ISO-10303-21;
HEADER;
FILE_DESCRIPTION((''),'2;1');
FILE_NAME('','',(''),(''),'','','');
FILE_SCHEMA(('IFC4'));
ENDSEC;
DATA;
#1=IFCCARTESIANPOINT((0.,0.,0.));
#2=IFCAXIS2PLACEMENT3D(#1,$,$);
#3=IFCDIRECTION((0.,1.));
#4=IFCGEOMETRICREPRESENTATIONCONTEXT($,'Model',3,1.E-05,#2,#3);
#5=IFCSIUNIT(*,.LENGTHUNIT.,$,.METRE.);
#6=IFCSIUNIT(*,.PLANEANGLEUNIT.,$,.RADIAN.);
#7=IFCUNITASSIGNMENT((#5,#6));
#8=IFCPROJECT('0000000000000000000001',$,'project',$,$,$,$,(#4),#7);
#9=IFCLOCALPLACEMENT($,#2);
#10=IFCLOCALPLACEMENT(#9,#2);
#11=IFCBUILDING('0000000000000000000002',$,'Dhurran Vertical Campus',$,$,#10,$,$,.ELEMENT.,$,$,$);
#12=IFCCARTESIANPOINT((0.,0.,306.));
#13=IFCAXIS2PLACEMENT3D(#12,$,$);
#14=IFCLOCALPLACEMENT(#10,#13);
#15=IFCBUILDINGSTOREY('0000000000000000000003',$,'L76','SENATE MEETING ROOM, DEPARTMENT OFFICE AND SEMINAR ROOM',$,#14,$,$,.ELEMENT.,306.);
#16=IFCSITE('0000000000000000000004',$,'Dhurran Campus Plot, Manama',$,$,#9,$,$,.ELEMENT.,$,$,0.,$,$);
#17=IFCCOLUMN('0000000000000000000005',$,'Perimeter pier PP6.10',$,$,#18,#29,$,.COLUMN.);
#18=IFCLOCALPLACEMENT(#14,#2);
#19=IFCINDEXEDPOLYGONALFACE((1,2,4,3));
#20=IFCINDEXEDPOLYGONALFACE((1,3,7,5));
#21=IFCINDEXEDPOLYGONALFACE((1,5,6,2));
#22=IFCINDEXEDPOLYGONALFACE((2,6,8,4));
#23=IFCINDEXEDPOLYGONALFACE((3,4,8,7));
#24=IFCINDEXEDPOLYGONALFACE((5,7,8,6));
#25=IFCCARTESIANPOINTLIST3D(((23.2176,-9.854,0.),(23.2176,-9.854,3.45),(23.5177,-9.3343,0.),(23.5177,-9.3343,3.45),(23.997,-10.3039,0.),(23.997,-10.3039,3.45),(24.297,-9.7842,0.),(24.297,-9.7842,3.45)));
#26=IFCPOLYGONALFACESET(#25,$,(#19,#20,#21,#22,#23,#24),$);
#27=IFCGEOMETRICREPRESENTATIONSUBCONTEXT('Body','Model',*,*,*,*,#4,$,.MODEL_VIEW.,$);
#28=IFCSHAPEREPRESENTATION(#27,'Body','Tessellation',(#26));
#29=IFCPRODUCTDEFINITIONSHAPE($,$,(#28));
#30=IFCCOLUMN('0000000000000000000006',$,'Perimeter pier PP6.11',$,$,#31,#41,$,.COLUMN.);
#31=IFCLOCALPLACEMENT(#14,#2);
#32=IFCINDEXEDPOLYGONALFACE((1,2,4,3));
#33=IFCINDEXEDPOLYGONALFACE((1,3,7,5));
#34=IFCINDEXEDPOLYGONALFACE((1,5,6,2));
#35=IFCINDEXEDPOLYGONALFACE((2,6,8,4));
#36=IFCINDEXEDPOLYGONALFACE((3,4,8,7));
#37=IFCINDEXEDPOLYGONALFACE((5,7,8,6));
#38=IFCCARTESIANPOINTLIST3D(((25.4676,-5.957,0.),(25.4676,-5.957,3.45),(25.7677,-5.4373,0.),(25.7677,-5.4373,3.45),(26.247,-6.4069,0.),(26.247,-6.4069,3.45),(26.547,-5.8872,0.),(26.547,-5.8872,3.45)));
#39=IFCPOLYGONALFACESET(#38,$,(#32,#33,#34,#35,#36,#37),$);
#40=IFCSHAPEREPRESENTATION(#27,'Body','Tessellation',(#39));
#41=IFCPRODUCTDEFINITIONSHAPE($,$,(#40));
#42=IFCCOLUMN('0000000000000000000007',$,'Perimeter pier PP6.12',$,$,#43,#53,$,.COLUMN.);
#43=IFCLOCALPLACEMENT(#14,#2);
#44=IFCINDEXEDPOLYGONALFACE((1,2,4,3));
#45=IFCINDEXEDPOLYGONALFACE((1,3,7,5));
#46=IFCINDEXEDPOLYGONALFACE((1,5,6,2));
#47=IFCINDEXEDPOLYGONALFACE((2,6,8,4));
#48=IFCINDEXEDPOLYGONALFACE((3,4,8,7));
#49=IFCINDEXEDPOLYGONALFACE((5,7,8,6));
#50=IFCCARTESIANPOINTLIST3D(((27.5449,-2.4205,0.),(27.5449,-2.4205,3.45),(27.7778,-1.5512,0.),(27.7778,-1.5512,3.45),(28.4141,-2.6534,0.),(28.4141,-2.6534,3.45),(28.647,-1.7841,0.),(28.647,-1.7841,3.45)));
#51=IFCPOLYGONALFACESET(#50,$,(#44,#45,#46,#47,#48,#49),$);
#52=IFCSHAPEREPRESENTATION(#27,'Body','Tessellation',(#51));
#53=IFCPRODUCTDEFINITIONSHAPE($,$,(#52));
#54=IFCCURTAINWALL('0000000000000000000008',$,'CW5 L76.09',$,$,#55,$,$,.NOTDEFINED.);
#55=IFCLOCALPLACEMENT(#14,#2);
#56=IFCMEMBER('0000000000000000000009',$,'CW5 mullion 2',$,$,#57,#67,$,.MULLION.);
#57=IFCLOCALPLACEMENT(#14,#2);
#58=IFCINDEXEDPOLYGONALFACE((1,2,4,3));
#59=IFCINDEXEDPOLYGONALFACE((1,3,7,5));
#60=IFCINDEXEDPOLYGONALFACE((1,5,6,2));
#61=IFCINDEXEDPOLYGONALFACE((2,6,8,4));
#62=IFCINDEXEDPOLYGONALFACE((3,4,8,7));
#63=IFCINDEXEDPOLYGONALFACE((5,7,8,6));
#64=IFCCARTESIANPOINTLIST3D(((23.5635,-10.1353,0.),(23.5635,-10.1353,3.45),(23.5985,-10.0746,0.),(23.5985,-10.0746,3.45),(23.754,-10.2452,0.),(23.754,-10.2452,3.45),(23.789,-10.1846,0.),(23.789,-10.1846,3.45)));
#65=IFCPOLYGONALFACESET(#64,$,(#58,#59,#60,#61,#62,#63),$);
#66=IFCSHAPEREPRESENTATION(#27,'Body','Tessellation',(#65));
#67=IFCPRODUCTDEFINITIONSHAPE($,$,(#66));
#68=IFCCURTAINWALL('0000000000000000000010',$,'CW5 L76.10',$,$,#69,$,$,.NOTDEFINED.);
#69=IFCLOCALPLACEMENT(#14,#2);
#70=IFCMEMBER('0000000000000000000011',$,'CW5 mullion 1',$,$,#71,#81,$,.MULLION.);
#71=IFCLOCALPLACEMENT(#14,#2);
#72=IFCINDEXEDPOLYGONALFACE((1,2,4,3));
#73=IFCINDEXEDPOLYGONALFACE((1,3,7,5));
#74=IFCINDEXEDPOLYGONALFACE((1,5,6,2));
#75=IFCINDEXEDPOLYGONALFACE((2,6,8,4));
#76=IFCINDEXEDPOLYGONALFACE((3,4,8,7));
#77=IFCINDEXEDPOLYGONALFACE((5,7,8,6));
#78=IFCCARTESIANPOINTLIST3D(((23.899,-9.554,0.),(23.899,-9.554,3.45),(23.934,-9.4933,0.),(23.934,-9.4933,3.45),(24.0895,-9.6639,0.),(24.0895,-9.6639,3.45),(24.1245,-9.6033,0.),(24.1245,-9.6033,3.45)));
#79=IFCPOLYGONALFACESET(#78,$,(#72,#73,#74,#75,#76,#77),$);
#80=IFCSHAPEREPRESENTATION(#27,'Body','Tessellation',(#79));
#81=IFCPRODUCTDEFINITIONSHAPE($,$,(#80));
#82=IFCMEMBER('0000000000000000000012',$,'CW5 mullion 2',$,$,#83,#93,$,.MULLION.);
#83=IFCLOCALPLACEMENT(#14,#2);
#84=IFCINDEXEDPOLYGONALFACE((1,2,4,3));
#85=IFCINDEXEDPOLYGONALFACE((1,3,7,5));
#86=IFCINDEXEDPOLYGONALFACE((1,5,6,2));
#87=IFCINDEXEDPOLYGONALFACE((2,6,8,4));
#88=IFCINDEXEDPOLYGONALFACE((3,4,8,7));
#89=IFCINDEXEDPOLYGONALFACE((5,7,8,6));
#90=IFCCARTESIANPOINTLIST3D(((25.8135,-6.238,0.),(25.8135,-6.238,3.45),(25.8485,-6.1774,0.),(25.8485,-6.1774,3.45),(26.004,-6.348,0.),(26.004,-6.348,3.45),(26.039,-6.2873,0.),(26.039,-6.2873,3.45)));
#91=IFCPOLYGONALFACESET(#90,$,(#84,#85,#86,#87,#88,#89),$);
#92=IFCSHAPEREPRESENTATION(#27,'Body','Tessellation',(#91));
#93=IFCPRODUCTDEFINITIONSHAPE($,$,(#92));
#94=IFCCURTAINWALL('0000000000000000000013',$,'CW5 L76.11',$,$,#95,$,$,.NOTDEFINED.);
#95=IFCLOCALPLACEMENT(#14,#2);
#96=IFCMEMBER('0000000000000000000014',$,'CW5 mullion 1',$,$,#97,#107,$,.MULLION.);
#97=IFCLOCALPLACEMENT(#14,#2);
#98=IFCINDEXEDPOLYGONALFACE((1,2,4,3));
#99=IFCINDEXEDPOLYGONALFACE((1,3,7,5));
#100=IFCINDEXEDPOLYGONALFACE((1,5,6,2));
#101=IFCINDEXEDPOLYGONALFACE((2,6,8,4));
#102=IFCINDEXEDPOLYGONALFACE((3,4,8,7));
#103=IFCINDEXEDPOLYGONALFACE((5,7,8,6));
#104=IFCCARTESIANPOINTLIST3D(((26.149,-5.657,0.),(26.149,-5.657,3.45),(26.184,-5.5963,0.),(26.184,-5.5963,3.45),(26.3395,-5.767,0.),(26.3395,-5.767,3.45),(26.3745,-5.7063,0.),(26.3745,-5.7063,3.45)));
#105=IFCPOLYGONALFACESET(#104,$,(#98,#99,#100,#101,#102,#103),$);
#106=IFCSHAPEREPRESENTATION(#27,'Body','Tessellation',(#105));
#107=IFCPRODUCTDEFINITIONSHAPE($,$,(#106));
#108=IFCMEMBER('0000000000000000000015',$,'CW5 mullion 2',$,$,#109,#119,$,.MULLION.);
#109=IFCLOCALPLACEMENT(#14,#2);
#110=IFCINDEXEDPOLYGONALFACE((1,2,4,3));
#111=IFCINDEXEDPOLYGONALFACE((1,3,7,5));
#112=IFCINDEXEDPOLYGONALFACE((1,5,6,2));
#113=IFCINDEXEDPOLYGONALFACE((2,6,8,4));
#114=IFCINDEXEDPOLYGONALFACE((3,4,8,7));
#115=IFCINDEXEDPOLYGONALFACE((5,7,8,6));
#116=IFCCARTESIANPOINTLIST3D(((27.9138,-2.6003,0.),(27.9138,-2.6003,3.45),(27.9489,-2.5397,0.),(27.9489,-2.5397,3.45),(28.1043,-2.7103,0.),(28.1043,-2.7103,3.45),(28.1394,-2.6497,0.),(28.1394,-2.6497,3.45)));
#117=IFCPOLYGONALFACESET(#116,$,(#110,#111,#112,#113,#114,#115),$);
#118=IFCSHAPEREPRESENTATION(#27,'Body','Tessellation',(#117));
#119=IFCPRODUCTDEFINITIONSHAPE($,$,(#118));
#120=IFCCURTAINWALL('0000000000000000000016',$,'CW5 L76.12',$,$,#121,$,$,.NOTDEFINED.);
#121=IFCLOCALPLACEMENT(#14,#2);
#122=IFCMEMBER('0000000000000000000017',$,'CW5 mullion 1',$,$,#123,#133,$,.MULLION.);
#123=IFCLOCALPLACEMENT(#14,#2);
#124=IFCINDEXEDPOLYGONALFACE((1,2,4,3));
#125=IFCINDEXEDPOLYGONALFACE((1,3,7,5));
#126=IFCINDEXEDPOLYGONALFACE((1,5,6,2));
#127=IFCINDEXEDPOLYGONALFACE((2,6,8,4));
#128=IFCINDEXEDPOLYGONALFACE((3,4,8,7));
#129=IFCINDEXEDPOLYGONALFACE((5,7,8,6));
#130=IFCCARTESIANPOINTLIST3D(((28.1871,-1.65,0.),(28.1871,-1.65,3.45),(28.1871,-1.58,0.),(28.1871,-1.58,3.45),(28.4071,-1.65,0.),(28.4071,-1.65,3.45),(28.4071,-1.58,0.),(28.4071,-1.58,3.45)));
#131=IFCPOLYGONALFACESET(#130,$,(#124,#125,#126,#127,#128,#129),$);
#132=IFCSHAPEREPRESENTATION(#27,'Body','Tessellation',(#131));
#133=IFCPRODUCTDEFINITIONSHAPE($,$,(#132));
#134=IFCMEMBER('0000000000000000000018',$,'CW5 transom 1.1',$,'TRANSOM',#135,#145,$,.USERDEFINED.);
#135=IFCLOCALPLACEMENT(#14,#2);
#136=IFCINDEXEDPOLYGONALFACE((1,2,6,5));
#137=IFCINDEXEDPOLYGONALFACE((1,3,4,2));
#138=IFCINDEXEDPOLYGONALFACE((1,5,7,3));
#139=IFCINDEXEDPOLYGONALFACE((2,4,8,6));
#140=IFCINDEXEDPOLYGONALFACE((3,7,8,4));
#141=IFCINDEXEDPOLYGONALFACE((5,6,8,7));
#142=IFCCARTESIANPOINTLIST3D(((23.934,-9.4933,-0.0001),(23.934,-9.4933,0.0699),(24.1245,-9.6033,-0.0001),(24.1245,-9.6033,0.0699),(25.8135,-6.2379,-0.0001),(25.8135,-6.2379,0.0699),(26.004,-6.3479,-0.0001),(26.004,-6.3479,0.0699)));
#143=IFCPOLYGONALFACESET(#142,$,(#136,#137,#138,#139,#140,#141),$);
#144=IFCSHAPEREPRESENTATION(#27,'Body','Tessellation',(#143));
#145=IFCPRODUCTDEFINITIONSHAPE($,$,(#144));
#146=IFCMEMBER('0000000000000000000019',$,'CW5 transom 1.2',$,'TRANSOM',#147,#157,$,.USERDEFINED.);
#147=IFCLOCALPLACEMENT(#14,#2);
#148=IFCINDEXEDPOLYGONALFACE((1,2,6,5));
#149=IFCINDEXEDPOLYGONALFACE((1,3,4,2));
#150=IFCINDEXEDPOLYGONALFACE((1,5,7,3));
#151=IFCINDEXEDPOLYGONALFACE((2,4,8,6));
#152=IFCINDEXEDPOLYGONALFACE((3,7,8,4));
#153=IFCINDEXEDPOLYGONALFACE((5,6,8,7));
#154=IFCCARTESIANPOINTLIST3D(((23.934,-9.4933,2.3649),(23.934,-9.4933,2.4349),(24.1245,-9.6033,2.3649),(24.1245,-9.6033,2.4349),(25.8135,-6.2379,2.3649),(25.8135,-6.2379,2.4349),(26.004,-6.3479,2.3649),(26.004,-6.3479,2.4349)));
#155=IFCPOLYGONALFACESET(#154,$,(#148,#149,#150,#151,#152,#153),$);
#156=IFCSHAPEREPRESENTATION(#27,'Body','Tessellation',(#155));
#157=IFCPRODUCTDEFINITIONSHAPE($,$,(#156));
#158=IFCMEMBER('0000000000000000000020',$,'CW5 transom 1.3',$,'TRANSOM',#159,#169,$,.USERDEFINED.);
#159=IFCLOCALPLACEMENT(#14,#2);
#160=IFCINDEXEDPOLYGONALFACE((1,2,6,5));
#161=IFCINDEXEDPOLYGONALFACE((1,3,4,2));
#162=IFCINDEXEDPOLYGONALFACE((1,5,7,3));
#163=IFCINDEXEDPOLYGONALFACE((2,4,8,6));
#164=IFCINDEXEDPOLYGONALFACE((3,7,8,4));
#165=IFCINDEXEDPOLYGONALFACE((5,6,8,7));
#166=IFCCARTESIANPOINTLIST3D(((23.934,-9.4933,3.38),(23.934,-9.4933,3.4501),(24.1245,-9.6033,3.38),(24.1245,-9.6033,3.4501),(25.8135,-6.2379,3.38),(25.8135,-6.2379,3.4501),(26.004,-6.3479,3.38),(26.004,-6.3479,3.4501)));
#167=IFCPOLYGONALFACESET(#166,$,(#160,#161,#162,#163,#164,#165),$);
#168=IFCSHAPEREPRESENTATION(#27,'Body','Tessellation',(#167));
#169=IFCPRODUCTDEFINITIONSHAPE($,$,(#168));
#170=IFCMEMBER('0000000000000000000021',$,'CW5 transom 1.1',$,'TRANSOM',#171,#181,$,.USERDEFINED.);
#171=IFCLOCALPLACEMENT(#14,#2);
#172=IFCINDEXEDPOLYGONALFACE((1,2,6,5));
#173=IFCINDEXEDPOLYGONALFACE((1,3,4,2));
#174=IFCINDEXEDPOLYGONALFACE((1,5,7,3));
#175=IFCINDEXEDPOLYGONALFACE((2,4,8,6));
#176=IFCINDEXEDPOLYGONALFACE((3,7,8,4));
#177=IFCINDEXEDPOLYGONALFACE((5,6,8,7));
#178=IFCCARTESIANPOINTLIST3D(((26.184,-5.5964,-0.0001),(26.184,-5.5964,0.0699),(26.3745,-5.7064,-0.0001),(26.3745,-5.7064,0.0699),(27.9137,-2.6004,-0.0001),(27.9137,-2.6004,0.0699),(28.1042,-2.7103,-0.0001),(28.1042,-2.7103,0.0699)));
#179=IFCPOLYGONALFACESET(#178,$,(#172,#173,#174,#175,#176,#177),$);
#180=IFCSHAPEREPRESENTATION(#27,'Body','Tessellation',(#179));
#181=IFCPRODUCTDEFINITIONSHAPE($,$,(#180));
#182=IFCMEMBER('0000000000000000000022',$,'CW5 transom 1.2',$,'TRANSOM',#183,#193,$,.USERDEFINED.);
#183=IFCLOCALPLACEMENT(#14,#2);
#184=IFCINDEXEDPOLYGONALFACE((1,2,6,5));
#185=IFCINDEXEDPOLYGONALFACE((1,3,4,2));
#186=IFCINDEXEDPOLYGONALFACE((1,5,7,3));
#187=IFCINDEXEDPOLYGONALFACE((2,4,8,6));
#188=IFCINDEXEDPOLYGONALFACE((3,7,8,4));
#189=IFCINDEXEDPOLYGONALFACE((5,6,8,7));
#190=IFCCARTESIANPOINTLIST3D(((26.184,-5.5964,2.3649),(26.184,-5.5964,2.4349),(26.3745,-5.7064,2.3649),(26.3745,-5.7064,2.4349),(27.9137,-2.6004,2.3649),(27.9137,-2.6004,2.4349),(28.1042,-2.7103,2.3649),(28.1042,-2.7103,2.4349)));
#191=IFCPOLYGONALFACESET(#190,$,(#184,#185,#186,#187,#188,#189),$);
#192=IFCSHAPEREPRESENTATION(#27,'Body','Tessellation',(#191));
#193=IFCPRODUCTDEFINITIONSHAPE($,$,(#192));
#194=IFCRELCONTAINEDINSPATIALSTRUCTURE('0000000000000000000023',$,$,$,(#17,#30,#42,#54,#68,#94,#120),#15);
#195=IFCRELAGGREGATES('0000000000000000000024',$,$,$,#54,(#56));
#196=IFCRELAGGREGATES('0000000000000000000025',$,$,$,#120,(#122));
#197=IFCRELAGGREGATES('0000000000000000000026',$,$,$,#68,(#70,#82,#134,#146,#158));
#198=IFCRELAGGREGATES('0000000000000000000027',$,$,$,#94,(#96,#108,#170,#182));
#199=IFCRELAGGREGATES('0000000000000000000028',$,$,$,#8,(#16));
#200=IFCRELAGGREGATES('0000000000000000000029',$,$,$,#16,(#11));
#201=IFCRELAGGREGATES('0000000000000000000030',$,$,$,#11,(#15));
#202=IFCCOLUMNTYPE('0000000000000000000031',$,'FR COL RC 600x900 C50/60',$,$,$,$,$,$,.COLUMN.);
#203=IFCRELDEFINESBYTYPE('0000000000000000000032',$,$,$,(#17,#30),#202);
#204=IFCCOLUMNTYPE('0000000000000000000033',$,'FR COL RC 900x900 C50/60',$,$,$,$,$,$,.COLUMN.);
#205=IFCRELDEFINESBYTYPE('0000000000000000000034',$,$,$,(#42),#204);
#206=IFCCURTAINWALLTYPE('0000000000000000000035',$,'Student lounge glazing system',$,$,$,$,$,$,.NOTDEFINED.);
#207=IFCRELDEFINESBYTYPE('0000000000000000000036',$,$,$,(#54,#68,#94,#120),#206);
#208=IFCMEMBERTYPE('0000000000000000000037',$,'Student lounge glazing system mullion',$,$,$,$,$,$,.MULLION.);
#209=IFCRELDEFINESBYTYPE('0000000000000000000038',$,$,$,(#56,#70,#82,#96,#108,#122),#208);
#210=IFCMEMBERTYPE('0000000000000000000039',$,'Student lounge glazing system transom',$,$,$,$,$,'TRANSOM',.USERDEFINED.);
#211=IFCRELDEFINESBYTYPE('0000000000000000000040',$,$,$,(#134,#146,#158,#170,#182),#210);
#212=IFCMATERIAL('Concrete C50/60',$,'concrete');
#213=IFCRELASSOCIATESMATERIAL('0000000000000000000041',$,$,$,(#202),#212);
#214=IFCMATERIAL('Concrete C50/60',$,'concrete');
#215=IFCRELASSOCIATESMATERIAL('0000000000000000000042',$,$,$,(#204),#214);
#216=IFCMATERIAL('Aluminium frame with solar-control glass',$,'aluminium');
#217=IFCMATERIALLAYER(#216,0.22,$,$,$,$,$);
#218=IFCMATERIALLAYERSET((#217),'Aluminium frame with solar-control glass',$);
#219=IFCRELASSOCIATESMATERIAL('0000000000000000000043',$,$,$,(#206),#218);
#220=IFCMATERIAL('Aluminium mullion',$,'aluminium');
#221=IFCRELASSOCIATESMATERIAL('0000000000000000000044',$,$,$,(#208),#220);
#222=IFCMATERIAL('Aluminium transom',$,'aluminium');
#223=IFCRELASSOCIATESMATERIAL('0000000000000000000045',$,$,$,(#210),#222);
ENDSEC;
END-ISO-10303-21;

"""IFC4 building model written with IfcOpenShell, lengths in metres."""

from ifc_helpers import new_model, si_unit, direction, frame, origin, origin_2d, place, context, subcontext, project, spatial, rectangle, extrude, material, layer, layer_set, material_profile, profile_set, type_object, element, aggregate, save


model = new_model("IFC4")

# Units and contexts
model_context = context("Model", 3, precision=1e-05, world=origin(), true_north=direction((0.0, 1.0)))
body_context = subcontext(model_context, "Body", "Model", "MODEL_VIEW")
ifc_project = project(units=[si_unit("LENGTHUNIT", "METRE"), si_unit("PLANEANGLEUNIT", "RADIAN")], contexts=[model_context])

# Site, building, storey
site_placement = place(None, origin())
site = spatial("IfcSite", under=ifc_project, at=site_placement, Name="Dhurran Campus Plot, Manama", CompositionType="ELEMENT", RefElevation=0.0)
building_placement = place(site_placement, origin())
building = spatial("IfcBuilding", under=site, at=building_placement, Name="Dhurran Vertical Campus", CompositionType="ELEMENT")
storey_placement = place(building_placement, frame((0.0, 0.0, 306.0)))
storey = spatial("IfcBuildingStorey", under=building, at=storey_placement, Name="L76", Description="SENATE MEETING ROOM, DEPARTMENT OFFICE AND SEMINAR ROOM", CompositionType="ELEMENT", Elevation=306.0)

# Columns
ifc_material_1 = material(Name="Concrete C50/60", Category="concrete")
ifc_material_profile_1 = material_profile(ifc_material_1, rectangle(XDim=0.6001, YDim=0.8999, at=origin_2d()), Name="RC 600x900")
ifc_profile_set_1 = profile_set([ifc_material_profile_1], Name="Concrete C50/60")
column_type_1 = type_object("IfcColumnType", Name="FR COL RC 600x900 C50/60", PredefinedType="COLUMN", material=ifc_profile_set_1)
for number, where, z_axis, x_axis, name in (
    (1, (23.7573, -9.8191, 0.0), (0.0, 0.0, 1.0), (0.5, 0.866025, 0.0), "Perimeter pier PP6.10"),
    (2, (26.0073, -5.9221, 0.0), (0.0, 0.0, 1.0), (0.5, 0.866025, 0.0), "Perimeter pier PP6.11"),
):
    element("IfcColumn", number, at=place(storey_placement, frame(where, z_axis=z_axis, x_axis=x_axis)), inside=storey, type_object=column_type_1, Name=name, PredefinedType="COLUMN", context=body_context, shape_type="SweptSolid", body=[
        extrude(rectangle(XDim=0.6001, YDim=0.8999, at=origin_2d()), origin(), (0.0, 0.0, 1.0), 3.45),
    ])
ifc_material_2 = material(Name="Concrete C50/60", Category="concrete")
ifc_material_profile_2 = material_profile(ifc_material_2, rectangle(XDim=0.8999, YDim=0.8999, at=origin_2d()), Name="RC 900x900")
ifc_profile_set_2 = profile_set([ifc_material_profile_2], Name="Concrete C50/60")
column_type_2 = type_object("IfcColumnType", Name="FR COL RC 900x900 C50/60", PredefinedType="COLUMN", material=ifc_profile_set_2)
column_placement = place(storey_placement, frame((28.0959, -2.1023, 0.0), z_axis=(0.0, 0.0, 1.0), x_axis=(0.258819, 0.965926, 0.0)))
element("IfcColumn", 3, at=column_placement, inside=storey, type_object=column_type_2, Name="Perimeter pier PP6.12", PredefinedType="COLUMN", context=body_context, shape_type="SweptSolid", body=[
    extrude(rectangle(XDim=0.8999, YDim=0.8999, at=origin_2d()), origin(), (0.0, 0.0, 1.0), 3.45),
])

# Curtain wall, member
ifc_material_3 = material(Name="Aluminium frame with solar-control glass", Category="aluminium")
ifc_layer_1 = layer(ifc_material_3, 0.22)
ifc_layer_set_1 = layer_set([ifc_layer_1], Name="Aluminium frame with solar-control glass")
curtain_wall_type = type_object("IfcCurtainWallType", Name="Student lounge glazing system", PredefinedType="NOTDEFINED", material=ifc_layer_set_1)
curtain_wall_1_placement = place(storey_placement, origin())
curtain_wall_1 = element("IfcCurtainWall", 4, at=curtain_wall_1_placement, inside=storey, type_object=curtain_wall_type, Name="CW5 L76.09", PredefinedType="NOTDEFINED")
ifc_material_4 = material(Name="Aluminium mullion", Category="aluminium")
ifc_material_profile_3 = material_profile(ifc_material_4, rectangle(XDim=0.22, YDim=0.0701, at=origin_2d()), Name="Student lounge glazing system mullion")
ifc_profile_set_3 = profile_set([ifc_material_profile_3], Name="Aluminium mullion")
member_type_1 = type_object("IfcMemberType", Name="Student lounge glazing system mullion", PredefinedType="MULLION", material=ifc_profile_set_3)
member_1_placement = place(storey_placement, frame((23.6763, -10.1599, 0.0), z_axis=(0.0, 0.0, 1.0), x_axis=(-0.866023, 0.500004, 0.0)))
member_1 = element("IfcMember", 5, at=member_1_placement, type_object=member_type_1, Name="CW5 mullion 2", PredefinedType="MULLION", context=body_context, shape_type="SweptSolid", body=[
    extrude(rectangle(XDim=0.22, YDim=0.0701, at=origin_2d()), origin(), (0.0, 0.0, 1.0), 3.45),
])
aggregate(curtain_wall_1, [member_1])

# Curtain walls, members
curtain_wall_2_placement = place(storey_placement, origin())
curtain_wall_2 = element("IfcCurtainWall", 6, at=curtain_wall_2_placement, inside=storey, type_object=curtain_wall_type, Name="CW5 L76.10", PredefinedType="NOTDEFINED")
member_2_placement = place(storey_placement, frame((24.0117, -9.5786, 0.0), z_axis=(0.0, 0.0, 1.0), x_axis=(-0.866023, 0.500004, 0.0)))
member_2 = element("IfcMember", 7, at=member_2_placement, type_object=member_type_1, Name="CW5 mullion 1", PredefinedType="MULLION", context=body_context, shape_type="SweptSolid", body=[
    extrude(rectangle(XDim=0.22, YDim=0.0701, at=origin_2d()), origin(), (0.0, 0.0, 1.0), 3.45),
])
member_3_placement = place(storey_placement, frame((25.9263, -6.2627, 0.0), z_axis=(0.0, 0.0, 1.0), x_axis=(-0.866023, 0.500004, 0.0)))
member_3 = element("IfcMember", 8, at=member_3_placement, type_object=member_type_1, Name="CW5 mullion 2", PredefinedType="MULLION", context=body_context, shape_type="SweptSolid", body=[
    extrude(rectangle(XDim=0.22, YDim=0.0701, at=origin_2d()), origin(), (0.0, 0.0, 1.0), 3.45),
])
curtain_wall_3_placement = place(storey_placement, origin())
curtain_wall_3 = element("IfcCurtainWall", 9, at=curtain_wall_3_placement, inside=storey, type_object=curtain_wall_type, Name="CW5 L76.11", PredefinedType="NOTDEFINED")
member_4_placement = place(storey_placement, frame((26.2617, -5.6816, 0.0), z_axis=(0.0, 0.0, 1.0), x_axis=(-0.866027, 0.499997, 0.0)))
member_4 = element("IfcMember", 10, at=member_4_placement, type_object=member_type_1, Name="CW5 mullion 1", PredefinedType="MULLION", context=body_context, shape_type="SweptSolid", body=[
    extrude(rectangle(XDim=0.22, YDim=0.0701, at=origin_2d()), origin(), (0.0, 0.0, 1.0), 3.45),
])
member_5_placement = place(storey_placement, frame((28.0266, -2.625, 0.0), z_axis=(0.0, 0.0, 1.0), x_axis=(-0.866027, 0.499997, 0.0)))
member_5 = element("IfcMember", 11, at=member_5_placement, type_object=member_type_1, Name="CW5 mullion 2", PredefinedType="MULLION", context=body_context, shape_type="SweptSolid", body=[
    extrude(rectangle(XDim=0.22, YDim=0.0701, at=origin_2d()), origin(), (0.0, 0.0, 1.0), 3.45),
])

# Curtain wall, member
curtain_wall_4_placement = place(storey_placement, origin())
curtain_wall_4 = element("IfcCurtainWall", 12, at=curtain_wall_4_placement, inside=storey, type_object=curtain_wall_type, Name="CW5 L76.12", PredefinedType="NOTDEFINED")
member_6_placement = place(storey_placement, frame((28.2971, -1.615, 0.0), z_axis=(0.0, 0.0, 1.0), x_axis=(-1.0, 0.0, 0.0)))
member_6 = element("IfcMember", 13, at=member_6_placement, type_object=member_type_1, Name="CW5 mullion 1", PredefinedType="MULLION", context=body_context, shape_type="SweptSolid", body=[
    extrude(rectangle(XDim=0.22, YDim=0.0701, at=origin_2d()), origin(), (0.0, 0.0, 1.0), 3.45),
])

# Members
ifc_material_5 = material(Name="Aluminium transom", Category="aluminium")
ifc_material_profile_4 = material_profile(ifc_material_5, rectangle(XDim=0.22, YDim=0.0701, at=origin_2d()), Name="Student lounge glazing system transom")
ifc_profile_set_4 = profile_set([ifc_material_profile_4], Name="Aluminium transom")
member_type_2 = type_object("IfcMemberType", Name="Student lounge glazing system transom", ElementType="TRANSOM", PredefinedType="USERDEFINED", material=ifc_profile_set_4)
member_7_placement = place(storey_placement, frame((24.0293, -9.5483, 0.0349), z_axis=(0.499981, 0.866036, 0.0), x_axis=(-0.866036, 0.499981, 0.0)))
member_7 = element("IfcMember", 14, at=member_7_placement, type_object=member_type_2, Name="CW5 transom 1.1", ObjectType="TRANSOM", PredefinedType="USERDEFINED", context=body_context, shape_type="SweptSolid", body=[
    extrude(rectangle(XDim=0.22, YDim=0.0701, at=origin_2d()), origin(), (0.0, 0.0, 1.0), 3.759),
])
member_8_placement = place(storey_placement, frame((24.0293, -9.5483, 2.3999), z_axis=(0.499981, 0.866036, 0.0), x_axis=(-0.866036, 0.499981, 0.0)))
member_8 = element("IfcMember", 15, at=member_8_placement, type_object=member_type_2, Name="CW5 transom 1.2", ObjectType="TRANSOM", PredefinedType="USERDEFINED", context=body_context, shape_type="SweptSolid", body=[
    extrude(rectangle(XDim=0.22, YDim=0.0701, at=origin_2d()), origin(), (0.0, 0.0, 1.0), 3.759),
])
member_9_placement = place(storey_placement, frame((24.0293, -9.5483, 3.415), z_axis=(0.499981, 0.866036, 0.0), x_axis=(-0.866036, 0.499981, 0.0)))
member_9 = element("IfcMember", 16, at=member_9_placement, type_object=member_type_2, Name="CW5 transom 1.3", ObjectType="TRANSOM", PredefinedType="USERDEFINED", context=body_context, shape_type="SweptSolid", body=[
    extrude(rectangle(XDim=0.22, YDim=0.0701, at=origin_2d()), origin(), (0.0, 0.0, 1.0), 3.759),
])
member_10_placement = place(storey_placement, frame((26.2793, -5.6514, 0.0349), z_axis=(0.499987, 0.866033, 0.0), x_axis=(-0.866033, 0.499987, 0.0)))
member_10 = element("IfcMember", 17, at=member_10_placement, type_object=member_type_2, Name="CW5 transom 1.1", ObjectType="TRANSOM", PredefinedType="USERDEFINED", context=body_context, shape_type="SweptSolid", body=[
    extrude(rectangle(XDim=0.22, YDim=0.0701, at=origin_2d()), origin(), (0.0, 0.0, 1.0), 3.4595),
])
member_11_placement = place(storey_placement, frame((26.2793, -5.6514, 2.3999), z_axis=(0.499987, 0.866033, 0.0), x_axis=(-0.866033, 0.499987, 0.0)))
member_11 = element("IfcMember", 18, at=member_11_placement, type_object=member_type_2, Name="CW5 transom 1.2", ObjectType="TRANSOM", PredefinedType="USERDEFINED", context=body_context, shape_type="SweptSolid", body=[
    extrude(rectangle(XDim=0.22, YDim=0.0701, at=origin_2d()), origin(), (0.0, 0.0, 1.0), 3.4595),
])
aggregate(curtain_wall_4, [member_6])

aggregate(curtain_wall_2, [member_2, member_3, member_7, member_8, member_9])
aggregate(curtain_wall_3, [member_4, member_5, member_10, member_11])

save(model, "model.ifc")
